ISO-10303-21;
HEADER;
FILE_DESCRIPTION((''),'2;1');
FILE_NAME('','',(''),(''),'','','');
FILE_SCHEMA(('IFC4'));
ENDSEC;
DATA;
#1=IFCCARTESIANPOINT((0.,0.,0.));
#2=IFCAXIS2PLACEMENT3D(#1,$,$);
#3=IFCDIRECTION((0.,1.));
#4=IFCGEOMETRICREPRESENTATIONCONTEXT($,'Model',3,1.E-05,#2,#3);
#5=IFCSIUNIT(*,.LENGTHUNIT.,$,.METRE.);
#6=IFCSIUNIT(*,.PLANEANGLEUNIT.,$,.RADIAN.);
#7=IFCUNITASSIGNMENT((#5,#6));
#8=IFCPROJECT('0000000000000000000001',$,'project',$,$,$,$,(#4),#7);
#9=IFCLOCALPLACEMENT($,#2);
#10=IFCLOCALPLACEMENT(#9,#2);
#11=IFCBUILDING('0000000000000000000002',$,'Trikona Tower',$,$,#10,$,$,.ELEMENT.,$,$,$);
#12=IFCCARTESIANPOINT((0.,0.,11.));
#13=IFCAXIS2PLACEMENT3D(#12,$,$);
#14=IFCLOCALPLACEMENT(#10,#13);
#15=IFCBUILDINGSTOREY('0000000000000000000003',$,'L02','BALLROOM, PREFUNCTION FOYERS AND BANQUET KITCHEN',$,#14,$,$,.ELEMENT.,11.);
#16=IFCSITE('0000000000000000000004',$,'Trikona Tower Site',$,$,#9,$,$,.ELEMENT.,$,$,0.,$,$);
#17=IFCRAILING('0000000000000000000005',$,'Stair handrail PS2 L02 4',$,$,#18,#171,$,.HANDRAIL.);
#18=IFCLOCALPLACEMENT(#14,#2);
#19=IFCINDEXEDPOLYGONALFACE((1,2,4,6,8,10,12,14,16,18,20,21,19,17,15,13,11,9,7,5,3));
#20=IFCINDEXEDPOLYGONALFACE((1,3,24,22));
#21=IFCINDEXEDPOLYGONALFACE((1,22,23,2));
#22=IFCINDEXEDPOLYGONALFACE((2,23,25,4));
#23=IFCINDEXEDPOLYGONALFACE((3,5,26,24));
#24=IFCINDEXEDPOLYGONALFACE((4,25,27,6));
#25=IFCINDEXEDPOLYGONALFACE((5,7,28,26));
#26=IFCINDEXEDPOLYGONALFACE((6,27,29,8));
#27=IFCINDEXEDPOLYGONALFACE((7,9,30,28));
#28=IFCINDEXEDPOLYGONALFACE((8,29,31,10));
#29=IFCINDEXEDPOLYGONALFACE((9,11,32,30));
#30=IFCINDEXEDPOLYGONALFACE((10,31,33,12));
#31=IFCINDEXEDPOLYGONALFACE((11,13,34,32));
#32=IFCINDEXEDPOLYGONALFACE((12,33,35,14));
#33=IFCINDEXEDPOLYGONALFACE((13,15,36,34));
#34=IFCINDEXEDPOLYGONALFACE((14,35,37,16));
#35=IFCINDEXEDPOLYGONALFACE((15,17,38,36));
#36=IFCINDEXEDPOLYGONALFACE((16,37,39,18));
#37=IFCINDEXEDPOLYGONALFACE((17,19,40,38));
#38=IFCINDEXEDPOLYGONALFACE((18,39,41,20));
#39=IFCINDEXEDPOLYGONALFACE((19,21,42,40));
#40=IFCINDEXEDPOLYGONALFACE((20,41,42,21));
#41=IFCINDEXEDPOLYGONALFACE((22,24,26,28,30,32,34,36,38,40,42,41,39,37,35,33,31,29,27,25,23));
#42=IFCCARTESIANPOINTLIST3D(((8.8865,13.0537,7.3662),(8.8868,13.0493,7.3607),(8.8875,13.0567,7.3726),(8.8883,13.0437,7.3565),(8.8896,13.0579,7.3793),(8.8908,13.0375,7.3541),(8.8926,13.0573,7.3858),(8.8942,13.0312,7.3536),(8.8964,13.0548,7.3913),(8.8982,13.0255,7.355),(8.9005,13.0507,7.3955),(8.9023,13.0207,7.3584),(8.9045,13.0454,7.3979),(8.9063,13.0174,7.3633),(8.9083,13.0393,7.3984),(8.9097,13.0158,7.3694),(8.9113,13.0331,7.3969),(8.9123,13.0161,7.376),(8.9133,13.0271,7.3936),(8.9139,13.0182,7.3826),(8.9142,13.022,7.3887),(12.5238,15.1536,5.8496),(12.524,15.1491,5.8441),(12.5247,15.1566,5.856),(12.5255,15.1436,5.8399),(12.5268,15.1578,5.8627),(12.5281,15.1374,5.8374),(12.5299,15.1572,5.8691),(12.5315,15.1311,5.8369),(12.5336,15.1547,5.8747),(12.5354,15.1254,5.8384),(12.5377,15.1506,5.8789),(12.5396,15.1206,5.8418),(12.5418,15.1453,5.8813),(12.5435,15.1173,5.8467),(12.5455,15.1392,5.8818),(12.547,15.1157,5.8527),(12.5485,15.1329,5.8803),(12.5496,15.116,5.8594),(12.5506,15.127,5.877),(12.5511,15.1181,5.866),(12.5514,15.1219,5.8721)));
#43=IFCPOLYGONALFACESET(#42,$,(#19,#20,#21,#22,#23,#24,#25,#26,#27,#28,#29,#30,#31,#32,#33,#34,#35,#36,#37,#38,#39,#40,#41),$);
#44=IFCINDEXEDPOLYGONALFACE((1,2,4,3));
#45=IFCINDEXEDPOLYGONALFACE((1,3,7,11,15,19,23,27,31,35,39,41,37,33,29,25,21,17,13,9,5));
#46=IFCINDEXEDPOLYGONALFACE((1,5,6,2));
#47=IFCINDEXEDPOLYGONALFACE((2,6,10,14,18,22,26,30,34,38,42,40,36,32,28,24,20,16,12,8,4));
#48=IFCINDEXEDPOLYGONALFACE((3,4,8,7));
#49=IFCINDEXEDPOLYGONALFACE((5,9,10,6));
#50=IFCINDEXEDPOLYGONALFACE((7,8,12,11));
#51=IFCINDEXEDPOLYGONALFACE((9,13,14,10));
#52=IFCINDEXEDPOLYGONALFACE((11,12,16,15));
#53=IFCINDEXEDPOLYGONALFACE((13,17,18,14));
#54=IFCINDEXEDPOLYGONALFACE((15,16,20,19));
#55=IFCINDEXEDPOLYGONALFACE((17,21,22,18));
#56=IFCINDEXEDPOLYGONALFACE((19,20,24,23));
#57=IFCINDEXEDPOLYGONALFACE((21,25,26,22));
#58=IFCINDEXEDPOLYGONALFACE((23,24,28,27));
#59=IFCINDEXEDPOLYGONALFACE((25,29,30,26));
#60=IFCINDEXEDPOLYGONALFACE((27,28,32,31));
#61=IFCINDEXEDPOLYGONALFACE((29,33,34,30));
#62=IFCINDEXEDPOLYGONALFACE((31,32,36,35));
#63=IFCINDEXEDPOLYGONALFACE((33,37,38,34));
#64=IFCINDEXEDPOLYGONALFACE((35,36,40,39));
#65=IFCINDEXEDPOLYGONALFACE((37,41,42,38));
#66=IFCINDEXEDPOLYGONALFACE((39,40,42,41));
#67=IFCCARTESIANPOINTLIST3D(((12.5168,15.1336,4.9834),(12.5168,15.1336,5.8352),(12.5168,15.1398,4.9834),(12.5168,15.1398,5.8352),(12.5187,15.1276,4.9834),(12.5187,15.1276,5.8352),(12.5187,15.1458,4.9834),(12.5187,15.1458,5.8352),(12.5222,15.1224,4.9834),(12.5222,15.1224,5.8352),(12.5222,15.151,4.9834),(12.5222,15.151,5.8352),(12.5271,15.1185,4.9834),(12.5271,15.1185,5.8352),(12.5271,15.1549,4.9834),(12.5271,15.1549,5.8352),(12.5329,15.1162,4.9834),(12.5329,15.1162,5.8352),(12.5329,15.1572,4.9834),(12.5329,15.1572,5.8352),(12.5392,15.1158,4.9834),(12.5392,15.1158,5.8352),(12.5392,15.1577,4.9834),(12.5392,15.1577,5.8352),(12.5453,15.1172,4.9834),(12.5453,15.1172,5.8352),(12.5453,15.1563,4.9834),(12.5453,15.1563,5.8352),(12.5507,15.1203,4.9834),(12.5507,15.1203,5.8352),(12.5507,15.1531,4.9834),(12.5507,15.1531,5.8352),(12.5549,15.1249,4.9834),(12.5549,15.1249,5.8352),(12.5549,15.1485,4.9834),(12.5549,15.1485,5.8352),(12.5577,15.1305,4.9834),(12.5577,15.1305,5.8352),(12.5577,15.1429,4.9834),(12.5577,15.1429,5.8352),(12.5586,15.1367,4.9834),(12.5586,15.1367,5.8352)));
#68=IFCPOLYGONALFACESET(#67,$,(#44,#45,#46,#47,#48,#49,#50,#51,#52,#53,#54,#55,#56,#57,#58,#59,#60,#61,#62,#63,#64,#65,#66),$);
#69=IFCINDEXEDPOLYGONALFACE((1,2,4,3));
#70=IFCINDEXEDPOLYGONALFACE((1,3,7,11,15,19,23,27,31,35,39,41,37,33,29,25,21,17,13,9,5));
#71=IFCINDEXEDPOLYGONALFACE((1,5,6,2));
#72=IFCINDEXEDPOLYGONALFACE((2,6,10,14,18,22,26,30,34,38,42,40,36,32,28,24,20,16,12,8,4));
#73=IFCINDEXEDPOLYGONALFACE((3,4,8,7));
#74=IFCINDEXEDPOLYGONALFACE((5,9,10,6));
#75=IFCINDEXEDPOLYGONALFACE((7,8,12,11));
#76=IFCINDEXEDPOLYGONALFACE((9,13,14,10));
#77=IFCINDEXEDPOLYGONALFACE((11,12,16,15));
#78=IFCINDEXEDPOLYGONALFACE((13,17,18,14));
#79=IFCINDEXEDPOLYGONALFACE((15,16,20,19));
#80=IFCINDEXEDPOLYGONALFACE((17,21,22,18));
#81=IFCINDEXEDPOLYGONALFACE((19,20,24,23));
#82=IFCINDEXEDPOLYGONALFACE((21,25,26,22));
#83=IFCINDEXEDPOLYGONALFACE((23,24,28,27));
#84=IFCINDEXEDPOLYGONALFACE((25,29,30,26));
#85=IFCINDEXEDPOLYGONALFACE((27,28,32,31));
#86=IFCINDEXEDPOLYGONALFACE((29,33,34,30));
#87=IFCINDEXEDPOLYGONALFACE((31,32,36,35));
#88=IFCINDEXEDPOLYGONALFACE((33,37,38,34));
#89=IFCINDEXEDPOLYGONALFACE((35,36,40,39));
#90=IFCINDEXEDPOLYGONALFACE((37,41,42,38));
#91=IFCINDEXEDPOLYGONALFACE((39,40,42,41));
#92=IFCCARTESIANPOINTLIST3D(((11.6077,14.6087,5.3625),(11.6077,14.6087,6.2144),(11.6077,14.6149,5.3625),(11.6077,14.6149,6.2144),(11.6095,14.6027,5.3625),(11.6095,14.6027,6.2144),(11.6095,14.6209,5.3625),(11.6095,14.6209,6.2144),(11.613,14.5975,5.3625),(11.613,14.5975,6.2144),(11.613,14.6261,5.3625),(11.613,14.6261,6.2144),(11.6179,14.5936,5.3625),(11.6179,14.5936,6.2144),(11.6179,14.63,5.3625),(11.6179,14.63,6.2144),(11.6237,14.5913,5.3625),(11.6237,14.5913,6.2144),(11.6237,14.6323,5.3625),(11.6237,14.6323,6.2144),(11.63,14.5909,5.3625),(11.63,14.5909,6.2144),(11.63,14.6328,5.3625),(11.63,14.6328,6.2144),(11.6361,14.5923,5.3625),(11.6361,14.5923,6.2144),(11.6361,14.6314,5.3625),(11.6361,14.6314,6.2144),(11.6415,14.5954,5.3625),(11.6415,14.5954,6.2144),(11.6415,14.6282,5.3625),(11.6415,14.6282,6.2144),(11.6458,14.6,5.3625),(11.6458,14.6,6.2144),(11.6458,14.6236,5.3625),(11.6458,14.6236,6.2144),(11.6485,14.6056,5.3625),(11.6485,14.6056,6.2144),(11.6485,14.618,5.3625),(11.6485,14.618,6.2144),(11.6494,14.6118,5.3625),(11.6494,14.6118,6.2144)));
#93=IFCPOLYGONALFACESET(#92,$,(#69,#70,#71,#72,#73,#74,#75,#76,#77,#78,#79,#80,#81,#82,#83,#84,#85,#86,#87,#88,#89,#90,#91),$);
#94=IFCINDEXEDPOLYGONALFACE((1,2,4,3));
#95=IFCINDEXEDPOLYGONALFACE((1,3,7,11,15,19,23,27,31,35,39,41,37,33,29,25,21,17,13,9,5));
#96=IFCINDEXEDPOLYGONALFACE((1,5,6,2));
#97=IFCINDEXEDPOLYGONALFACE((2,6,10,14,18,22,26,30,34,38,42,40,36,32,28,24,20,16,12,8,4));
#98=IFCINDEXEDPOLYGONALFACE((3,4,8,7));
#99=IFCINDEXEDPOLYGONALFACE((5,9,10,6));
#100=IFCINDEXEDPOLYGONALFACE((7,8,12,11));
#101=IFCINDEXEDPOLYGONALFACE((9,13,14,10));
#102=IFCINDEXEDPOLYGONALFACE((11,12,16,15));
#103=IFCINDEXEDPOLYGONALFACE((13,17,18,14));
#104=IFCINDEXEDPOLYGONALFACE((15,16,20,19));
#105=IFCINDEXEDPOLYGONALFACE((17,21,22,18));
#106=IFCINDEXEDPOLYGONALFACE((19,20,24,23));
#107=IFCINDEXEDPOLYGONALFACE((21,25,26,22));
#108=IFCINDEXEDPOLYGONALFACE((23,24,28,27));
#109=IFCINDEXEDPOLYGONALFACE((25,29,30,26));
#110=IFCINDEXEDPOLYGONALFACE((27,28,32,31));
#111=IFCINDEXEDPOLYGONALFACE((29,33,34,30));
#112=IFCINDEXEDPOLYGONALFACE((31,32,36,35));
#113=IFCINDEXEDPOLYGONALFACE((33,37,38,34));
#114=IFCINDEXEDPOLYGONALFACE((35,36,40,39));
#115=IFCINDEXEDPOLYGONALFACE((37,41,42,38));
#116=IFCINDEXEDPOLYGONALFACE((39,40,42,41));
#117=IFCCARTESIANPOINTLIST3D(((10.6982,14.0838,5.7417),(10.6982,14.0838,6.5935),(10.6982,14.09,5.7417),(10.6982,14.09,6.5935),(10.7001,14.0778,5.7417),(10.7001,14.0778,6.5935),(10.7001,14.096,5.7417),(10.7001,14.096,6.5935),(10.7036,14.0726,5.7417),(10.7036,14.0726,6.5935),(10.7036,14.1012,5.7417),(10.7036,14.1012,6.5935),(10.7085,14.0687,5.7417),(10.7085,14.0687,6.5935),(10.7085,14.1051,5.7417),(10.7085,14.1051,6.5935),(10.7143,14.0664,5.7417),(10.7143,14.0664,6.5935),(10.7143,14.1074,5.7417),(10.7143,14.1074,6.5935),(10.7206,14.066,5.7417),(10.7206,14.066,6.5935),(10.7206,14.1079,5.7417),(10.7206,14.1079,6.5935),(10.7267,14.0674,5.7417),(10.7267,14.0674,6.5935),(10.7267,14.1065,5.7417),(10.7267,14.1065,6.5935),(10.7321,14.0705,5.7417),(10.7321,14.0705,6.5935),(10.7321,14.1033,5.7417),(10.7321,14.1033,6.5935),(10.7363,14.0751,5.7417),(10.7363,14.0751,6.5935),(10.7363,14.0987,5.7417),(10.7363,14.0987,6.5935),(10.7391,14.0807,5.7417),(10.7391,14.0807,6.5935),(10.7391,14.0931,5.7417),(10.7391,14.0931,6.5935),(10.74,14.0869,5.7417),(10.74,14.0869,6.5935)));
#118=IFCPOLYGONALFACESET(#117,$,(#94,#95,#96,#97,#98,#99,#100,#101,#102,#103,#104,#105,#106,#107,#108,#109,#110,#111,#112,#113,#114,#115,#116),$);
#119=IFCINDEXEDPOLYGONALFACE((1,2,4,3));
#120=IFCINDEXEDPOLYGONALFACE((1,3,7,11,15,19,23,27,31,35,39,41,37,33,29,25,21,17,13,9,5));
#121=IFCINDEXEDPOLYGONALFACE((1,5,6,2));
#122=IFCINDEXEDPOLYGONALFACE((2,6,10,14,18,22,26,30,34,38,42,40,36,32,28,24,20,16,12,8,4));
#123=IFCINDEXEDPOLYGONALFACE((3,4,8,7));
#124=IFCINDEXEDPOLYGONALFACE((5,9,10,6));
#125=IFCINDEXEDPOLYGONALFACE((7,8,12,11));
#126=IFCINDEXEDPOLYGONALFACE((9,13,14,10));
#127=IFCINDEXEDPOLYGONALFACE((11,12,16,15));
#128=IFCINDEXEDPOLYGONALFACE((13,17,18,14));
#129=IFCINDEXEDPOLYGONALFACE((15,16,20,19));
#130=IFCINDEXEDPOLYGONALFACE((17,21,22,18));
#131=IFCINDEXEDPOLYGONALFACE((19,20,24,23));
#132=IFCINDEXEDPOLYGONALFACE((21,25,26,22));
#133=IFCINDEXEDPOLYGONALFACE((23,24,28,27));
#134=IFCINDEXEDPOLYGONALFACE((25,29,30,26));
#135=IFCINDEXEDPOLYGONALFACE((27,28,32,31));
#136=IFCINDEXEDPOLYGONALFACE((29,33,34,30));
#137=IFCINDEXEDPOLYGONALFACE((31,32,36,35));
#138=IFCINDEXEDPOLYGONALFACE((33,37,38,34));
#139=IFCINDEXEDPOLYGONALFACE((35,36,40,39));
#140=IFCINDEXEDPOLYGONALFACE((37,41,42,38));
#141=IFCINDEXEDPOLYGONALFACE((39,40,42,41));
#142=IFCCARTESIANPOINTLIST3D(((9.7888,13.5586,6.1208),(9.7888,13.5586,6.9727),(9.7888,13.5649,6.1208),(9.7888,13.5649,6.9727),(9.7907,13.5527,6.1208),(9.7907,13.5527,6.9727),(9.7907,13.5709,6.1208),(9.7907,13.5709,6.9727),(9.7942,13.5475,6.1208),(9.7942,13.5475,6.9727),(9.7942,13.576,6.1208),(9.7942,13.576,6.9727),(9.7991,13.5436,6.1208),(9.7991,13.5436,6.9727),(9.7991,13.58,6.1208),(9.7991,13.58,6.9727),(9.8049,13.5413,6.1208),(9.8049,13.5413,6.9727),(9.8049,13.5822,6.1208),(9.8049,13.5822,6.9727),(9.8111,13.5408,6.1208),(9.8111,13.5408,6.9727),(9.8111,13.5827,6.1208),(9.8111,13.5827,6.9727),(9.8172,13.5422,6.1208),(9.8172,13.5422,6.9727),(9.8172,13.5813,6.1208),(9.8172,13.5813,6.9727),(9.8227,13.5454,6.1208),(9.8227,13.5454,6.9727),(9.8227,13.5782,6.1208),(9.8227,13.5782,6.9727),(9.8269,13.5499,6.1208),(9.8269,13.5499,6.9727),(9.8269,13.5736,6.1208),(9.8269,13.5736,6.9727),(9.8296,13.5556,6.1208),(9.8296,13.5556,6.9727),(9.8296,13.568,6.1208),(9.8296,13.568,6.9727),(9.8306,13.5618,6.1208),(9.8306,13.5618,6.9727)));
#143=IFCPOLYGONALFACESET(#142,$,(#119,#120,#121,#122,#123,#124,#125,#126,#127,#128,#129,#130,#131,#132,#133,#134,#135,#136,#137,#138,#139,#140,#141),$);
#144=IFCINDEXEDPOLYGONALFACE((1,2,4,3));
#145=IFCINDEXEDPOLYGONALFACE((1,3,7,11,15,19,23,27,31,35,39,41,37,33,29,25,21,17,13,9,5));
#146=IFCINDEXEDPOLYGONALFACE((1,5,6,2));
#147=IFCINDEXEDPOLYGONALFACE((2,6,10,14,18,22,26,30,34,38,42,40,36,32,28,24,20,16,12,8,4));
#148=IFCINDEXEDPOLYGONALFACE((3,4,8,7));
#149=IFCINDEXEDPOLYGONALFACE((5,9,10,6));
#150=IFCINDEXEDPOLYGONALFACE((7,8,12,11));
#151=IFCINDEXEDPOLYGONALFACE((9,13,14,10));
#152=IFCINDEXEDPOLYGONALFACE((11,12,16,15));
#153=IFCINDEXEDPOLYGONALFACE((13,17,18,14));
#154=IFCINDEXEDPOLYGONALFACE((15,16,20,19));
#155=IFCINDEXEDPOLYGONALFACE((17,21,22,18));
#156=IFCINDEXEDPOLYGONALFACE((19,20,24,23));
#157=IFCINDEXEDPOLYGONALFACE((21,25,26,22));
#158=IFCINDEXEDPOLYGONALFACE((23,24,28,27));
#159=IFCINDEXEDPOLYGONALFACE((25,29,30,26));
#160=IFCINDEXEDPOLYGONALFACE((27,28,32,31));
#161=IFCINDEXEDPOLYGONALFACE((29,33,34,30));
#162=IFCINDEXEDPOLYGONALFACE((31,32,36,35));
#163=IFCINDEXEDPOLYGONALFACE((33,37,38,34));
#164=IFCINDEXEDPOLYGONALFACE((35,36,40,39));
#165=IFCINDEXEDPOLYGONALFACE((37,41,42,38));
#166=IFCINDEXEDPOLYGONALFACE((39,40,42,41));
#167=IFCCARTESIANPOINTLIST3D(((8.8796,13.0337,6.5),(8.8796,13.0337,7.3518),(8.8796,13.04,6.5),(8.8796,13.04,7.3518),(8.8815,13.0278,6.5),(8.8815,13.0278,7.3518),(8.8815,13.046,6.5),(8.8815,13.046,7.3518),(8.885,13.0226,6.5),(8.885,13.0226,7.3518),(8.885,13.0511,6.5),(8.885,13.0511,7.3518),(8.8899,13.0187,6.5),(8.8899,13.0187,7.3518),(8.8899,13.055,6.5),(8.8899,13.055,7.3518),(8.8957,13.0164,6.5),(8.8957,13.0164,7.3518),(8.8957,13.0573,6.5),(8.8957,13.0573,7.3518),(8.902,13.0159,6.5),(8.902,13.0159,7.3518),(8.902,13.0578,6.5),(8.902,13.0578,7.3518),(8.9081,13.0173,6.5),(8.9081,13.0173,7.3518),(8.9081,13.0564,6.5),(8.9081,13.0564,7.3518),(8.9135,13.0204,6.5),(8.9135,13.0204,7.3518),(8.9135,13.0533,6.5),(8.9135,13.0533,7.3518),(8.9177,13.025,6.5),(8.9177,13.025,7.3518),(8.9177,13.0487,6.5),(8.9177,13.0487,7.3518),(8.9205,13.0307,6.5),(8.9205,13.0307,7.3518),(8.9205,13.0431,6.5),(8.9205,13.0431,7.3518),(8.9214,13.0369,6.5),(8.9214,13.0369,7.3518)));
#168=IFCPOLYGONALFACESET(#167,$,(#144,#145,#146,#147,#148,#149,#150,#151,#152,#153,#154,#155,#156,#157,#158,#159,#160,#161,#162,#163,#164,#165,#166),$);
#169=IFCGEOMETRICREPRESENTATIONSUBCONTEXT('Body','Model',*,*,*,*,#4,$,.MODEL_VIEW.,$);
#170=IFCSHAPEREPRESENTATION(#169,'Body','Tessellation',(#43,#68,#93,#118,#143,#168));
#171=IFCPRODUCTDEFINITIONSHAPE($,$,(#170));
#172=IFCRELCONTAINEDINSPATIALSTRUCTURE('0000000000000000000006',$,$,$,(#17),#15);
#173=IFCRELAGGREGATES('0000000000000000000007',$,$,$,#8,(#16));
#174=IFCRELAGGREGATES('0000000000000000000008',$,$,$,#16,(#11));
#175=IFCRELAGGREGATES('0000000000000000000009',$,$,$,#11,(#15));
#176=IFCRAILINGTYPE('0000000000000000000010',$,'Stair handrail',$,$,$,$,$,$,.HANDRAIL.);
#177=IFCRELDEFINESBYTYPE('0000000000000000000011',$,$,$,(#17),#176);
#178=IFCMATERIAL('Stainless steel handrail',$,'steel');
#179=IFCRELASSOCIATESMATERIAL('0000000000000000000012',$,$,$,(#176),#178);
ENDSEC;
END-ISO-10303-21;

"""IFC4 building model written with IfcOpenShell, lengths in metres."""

from ifc_helpers import new_model, si_unit, direction, frame, origin, origin_2d, place, context, subcontext, project, spatial, circle, extrude, material, type_object, element, save


model = new_model("IFC4")

# Units and contexts
model_context = context("Model", 3, precision=1e-05, world=origin(), true_north=direction((0.0, 1.0)))
body_context = subcontext(model_context, "Body", "Model", "MODEL_VIEW")
ifc_project = project(units=[si_unit("LENGTHUNIT", "METRE"), si_unit("PLANEANGLEUNIT", "RADIAN")], contexts=[model_context])

# Site, building, storey
site_placement = place(None, origin())
site = spatial("IfcSite", under=ifc_project, at=site_placement, Name="Trikona Tower Site", CompositionType="ELEMENT", RefElevation=0.0)
building_placement = place(site_placement, origin())
building = spatial("IfcBuilding", under=site, at=building_placement, Name="Trikona Tower", CompositionType="ELEMENT")
storey_placement = place(building_placement, frame((0.0, 0.0, 11.0)))
storey = spatial("IfcBuildingStorey", under=building, at=storey_placement, Name="L02", Description="BALLROOM, PREFUNCTION FOYERS AND BANQUET KITCHEN", CompositionType="ELEMENT", Elevation=11.0)

# Railing
ifc_material_1 = material(Name="Stainless steel handrail", Category="steel")
railing_type = type_object("IfcRailingType", Name="Stair handrail", PredefinedType="HANDRAIL", material=ifc_material_1)
for number, where, name in (
    (1, (12.5376, 15.1367, 4.9834), "Stair handrail PS2 L02 4"),
):
    element("IfcRailing", number, at=place(storey_placement, frame(where)), inside=storey, type_object=railing_type, Name=name, PredefinedType="HANDRAIL", context=body_context, shape_type="SweptSolid", body=[
        extrude(circle(Radius=0.0239, at=origin_2d()), frame((0.0, 0.0, 0.876), z_axis=(-0.814553, -0.470262, 0.339643), x_axis=(0.499984, -0.866035, 0.0)), (0.0, 0.0, 1.0), 4.4653),
        extrude(circle(Radius=0.021, at=origin_2d()), origin(), (0.0, 0.0, 1.0), 0.8518),
        extrude(circle(Radius=0.021, at=origin_2d()), frame((-0.9092, -0.5249, 0.3792)), (0.0, 0.0, 1.0), 0.8518),
        extrude(circle(Radius=0.021, at=origin_2d()), frame((-1.8186, -1.0498, 0.7583)), (0.0, 0.0, 1.0), 0.8518),
        extrude(circle(Radius=0.021, at=origin_2d()), frame((-2.728, -1.575, 1.1375)), (0.0, 0.0, 1.0), 0.8518),
        extrude(circle(Radius=0.021, at=origin_2d()), frame((-3.6372, -2.0999, 1.5166)), (0.0, 0.0, 1.0), 0.8518),
    ])

save(model, "model.ifc")
